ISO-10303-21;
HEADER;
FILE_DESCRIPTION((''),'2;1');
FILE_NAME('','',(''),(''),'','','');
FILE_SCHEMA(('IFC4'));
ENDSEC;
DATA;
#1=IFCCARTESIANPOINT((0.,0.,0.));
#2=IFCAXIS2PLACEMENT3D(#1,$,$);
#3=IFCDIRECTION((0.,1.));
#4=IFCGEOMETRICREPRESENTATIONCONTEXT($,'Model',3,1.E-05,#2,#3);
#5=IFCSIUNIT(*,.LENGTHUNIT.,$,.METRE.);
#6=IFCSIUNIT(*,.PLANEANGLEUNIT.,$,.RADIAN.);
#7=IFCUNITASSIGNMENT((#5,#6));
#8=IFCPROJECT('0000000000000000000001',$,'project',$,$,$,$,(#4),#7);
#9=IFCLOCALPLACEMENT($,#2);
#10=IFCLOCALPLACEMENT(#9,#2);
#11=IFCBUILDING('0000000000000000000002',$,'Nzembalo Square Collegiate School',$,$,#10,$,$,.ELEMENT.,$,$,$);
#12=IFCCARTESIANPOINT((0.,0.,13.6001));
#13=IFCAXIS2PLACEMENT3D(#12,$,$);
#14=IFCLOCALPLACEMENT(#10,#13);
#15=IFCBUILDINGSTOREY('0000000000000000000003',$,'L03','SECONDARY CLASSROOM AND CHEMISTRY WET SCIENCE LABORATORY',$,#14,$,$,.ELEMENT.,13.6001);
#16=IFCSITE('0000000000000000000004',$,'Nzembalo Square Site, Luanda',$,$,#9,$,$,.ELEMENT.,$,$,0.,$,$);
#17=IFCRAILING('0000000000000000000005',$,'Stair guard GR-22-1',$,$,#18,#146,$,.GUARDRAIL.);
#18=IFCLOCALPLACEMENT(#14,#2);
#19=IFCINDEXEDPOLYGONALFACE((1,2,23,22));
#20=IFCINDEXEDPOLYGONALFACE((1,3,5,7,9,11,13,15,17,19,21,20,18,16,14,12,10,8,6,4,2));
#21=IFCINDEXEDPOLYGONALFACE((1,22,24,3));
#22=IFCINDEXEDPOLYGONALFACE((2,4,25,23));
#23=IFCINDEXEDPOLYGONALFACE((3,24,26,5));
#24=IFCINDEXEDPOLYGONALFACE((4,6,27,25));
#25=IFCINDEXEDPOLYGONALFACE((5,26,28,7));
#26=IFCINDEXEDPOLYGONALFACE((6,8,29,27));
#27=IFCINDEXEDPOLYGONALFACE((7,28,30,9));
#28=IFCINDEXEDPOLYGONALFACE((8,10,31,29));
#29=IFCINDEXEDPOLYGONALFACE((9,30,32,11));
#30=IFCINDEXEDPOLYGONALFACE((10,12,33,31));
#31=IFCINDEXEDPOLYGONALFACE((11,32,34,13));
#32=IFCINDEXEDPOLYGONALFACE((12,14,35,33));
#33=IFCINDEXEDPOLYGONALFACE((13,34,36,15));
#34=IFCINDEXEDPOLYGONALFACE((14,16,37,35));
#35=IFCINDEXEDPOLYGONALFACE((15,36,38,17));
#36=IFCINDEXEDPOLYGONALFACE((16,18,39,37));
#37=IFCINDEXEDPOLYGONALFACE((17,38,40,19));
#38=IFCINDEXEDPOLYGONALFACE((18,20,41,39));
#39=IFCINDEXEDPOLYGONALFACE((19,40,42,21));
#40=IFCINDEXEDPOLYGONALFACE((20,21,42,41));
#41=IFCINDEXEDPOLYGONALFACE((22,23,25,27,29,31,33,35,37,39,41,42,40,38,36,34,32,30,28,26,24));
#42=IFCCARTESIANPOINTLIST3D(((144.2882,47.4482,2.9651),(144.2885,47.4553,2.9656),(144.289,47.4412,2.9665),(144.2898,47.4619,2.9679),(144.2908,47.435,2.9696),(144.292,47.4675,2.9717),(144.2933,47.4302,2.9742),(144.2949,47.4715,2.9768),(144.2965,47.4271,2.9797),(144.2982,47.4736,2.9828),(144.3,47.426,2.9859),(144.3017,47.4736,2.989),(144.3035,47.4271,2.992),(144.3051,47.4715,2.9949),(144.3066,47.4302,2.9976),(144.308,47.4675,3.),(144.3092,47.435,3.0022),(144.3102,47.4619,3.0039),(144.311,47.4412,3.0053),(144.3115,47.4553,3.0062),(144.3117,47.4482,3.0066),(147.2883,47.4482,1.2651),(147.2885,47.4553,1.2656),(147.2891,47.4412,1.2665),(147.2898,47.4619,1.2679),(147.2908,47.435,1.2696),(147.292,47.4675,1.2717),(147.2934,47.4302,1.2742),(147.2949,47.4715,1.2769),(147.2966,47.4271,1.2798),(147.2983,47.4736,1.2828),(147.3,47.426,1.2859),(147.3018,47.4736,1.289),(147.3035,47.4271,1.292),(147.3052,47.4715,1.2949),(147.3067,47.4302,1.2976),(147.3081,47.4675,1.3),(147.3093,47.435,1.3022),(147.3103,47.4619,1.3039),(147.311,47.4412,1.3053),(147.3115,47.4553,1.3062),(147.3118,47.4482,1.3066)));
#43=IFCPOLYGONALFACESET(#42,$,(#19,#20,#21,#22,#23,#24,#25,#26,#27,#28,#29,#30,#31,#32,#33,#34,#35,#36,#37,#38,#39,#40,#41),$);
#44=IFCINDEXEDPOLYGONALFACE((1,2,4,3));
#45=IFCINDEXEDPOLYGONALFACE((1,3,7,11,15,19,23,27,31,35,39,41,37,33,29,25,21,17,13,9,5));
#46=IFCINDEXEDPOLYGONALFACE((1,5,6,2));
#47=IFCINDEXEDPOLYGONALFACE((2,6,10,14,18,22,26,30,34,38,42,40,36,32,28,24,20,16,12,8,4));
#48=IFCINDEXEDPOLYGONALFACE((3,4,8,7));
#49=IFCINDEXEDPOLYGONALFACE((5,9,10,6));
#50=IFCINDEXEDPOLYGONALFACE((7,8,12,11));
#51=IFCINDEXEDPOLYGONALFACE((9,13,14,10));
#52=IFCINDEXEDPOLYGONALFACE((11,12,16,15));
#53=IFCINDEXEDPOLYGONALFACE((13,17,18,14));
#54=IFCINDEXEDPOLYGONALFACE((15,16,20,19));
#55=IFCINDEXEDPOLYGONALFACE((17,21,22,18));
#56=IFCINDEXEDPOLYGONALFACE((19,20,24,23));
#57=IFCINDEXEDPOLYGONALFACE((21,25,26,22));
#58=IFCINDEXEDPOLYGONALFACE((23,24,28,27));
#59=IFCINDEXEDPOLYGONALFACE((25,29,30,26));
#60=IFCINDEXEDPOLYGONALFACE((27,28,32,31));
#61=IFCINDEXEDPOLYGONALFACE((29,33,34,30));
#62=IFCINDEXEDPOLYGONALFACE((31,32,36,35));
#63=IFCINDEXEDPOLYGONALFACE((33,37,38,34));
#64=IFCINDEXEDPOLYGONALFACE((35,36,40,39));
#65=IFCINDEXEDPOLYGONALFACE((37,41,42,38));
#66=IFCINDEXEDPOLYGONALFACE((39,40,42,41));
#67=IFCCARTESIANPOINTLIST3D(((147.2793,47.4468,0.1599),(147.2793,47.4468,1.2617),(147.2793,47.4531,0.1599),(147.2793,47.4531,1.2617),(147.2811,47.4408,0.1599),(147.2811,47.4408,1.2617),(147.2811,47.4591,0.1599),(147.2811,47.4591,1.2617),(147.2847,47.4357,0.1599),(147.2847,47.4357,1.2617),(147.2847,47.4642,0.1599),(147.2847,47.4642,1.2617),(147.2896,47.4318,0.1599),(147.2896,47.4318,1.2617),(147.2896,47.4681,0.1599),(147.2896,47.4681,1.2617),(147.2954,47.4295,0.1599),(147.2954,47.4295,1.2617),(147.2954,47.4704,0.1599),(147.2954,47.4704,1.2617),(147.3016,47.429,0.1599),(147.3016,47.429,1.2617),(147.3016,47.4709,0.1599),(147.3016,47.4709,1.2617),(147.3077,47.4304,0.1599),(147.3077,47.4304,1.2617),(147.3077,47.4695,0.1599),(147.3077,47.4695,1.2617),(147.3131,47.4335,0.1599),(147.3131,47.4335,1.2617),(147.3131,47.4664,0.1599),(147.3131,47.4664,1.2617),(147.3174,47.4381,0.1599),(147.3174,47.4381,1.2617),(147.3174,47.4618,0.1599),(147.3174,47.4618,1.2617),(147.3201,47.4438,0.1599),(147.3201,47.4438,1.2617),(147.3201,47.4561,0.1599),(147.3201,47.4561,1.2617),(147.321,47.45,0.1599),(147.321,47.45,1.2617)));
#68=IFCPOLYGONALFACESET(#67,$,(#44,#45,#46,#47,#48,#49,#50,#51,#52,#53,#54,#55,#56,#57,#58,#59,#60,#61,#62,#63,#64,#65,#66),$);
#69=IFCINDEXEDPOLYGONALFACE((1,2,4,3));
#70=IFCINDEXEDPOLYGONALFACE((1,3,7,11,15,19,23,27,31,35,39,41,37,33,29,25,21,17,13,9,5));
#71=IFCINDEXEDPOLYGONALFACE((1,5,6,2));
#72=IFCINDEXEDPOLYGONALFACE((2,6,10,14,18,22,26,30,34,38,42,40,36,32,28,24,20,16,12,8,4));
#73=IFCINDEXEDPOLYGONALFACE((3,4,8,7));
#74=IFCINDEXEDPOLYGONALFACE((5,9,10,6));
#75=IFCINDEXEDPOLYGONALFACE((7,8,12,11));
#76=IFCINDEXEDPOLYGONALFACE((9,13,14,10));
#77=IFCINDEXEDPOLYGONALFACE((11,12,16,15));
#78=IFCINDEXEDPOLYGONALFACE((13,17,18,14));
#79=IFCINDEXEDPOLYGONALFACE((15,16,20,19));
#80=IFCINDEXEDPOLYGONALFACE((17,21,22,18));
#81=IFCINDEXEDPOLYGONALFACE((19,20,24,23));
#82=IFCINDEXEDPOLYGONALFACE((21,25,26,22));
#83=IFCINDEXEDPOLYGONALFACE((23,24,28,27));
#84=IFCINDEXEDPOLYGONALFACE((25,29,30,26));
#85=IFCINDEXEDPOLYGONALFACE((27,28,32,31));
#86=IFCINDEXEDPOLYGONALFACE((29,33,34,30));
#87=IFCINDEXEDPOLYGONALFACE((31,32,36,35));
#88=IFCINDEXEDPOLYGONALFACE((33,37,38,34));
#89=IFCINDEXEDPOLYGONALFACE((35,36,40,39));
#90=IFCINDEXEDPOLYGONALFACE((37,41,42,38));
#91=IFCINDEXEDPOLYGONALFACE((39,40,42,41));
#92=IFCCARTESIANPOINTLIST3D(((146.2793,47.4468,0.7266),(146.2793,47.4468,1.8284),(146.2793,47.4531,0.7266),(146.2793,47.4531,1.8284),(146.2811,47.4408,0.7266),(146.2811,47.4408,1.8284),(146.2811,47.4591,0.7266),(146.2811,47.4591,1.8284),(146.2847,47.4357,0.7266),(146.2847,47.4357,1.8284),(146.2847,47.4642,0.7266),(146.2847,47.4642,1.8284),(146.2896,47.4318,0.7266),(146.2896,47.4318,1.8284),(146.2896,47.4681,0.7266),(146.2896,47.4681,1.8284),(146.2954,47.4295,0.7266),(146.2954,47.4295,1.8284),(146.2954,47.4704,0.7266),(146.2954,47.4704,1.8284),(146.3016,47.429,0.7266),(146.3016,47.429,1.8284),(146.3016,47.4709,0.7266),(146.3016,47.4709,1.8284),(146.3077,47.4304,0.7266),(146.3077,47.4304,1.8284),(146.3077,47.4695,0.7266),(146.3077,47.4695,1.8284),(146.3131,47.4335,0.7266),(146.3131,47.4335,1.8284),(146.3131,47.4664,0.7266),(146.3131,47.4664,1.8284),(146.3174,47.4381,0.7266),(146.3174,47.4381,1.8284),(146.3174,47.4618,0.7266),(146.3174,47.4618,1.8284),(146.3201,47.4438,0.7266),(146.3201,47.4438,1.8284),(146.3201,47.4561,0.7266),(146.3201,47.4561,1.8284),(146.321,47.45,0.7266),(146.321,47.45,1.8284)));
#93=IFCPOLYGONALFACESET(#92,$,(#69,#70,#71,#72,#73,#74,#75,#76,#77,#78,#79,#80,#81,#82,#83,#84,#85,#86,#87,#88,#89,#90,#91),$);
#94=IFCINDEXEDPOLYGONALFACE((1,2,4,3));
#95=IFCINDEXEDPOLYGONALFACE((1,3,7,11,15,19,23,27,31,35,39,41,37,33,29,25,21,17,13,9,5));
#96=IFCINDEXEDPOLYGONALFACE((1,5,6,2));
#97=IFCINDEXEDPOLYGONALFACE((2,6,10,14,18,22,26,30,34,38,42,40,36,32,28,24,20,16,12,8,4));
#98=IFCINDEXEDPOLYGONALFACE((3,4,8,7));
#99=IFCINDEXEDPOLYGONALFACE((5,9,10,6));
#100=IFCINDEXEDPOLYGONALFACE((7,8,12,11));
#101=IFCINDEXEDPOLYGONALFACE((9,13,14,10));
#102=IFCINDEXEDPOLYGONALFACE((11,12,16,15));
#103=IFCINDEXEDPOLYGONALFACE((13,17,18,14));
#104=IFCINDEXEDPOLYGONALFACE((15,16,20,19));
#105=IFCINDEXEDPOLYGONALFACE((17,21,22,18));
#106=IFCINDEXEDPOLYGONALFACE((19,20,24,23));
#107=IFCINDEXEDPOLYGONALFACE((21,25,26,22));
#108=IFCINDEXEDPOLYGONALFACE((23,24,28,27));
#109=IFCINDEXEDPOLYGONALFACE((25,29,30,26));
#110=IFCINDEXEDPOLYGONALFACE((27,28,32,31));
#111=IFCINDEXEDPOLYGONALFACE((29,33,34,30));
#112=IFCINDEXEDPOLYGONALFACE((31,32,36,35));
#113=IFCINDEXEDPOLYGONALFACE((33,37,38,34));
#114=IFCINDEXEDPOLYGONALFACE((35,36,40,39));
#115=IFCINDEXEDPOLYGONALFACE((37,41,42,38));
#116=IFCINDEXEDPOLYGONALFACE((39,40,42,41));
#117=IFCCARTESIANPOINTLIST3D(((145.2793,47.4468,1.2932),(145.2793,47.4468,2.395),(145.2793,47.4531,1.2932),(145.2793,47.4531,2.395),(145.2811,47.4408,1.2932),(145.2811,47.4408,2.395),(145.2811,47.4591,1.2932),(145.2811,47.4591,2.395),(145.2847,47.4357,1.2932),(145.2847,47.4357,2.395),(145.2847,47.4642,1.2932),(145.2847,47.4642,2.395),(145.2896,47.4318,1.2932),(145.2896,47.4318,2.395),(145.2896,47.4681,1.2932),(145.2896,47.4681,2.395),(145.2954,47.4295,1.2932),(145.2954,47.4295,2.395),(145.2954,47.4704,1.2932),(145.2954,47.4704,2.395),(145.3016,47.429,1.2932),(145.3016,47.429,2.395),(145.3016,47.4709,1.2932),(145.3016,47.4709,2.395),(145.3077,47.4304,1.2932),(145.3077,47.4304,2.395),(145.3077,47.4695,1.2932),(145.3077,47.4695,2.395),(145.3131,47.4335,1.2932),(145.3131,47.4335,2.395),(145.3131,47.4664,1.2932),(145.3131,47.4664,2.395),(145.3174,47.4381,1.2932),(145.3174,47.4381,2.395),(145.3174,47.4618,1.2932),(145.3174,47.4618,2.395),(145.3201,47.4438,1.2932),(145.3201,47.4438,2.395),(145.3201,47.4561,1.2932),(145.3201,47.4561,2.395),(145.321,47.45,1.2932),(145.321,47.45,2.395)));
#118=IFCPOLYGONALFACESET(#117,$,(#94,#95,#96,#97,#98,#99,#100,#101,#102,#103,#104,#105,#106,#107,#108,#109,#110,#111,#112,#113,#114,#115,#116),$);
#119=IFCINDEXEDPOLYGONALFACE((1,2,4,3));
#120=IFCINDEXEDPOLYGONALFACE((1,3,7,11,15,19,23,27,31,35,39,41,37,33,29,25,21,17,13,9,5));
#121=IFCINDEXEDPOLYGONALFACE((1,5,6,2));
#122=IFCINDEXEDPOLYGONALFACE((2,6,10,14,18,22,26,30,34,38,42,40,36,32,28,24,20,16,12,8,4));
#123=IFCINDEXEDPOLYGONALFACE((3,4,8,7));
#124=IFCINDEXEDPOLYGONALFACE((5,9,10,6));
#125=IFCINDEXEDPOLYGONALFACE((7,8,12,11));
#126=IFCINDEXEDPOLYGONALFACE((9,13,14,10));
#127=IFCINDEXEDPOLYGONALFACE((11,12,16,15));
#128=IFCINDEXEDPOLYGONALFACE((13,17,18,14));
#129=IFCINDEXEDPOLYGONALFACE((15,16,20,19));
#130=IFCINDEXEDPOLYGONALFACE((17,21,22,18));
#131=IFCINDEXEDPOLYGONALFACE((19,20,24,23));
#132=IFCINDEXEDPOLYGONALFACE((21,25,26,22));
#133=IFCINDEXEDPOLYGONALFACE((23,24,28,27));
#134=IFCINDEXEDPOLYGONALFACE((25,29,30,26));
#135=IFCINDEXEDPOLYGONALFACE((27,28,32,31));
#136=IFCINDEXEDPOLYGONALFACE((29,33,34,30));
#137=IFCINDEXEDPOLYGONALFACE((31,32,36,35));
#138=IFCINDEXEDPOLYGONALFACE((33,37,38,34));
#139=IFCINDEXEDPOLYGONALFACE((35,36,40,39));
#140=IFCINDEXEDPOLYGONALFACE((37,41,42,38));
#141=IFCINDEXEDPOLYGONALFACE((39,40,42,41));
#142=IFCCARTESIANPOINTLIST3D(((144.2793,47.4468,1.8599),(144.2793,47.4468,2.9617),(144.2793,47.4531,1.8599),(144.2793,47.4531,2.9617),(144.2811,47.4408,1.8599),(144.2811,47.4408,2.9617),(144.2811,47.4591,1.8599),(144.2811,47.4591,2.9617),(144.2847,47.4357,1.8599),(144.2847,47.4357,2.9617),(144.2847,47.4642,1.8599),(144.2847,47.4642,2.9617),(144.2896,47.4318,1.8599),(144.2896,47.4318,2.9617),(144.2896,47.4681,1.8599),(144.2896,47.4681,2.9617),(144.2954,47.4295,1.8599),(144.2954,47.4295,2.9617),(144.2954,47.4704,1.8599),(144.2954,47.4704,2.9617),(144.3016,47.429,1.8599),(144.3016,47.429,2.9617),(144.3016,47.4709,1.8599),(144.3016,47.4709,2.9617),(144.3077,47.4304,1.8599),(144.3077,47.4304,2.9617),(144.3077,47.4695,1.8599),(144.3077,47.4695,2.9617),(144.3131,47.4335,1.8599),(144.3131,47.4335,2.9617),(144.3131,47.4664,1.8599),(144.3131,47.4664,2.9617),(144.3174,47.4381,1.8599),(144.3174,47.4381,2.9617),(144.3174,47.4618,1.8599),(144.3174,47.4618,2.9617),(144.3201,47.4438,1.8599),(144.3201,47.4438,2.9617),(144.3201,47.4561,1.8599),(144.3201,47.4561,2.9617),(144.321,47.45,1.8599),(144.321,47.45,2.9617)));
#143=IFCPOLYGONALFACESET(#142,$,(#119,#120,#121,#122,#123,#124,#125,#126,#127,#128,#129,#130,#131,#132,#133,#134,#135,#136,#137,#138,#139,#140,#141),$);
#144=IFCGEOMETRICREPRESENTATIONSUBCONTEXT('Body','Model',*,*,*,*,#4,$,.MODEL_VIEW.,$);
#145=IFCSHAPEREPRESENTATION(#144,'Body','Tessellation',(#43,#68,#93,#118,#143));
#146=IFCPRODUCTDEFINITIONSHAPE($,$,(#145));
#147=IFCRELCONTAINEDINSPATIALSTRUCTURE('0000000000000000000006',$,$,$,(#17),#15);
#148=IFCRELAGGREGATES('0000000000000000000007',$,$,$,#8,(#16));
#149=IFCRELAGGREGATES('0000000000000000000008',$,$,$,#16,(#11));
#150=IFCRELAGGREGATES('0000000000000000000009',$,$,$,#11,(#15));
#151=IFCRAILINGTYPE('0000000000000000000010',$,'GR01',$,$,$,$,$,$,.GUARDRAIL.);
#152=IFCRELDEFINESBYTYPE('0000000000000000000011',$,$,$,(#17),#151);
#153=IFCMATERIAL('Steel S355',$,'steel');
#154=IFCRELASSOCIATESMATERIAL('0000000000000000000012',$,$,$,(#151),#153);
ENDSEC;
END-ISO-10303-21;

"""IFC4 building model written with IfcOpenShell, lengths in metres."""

from ifc_helpers import new_model, si_unit, direction, frame, origin, origin_2d, place, context, subcontext, project, spatial, circle, extrude, material, type_object, element, save


model = new_model("IFC4")

# Units and contexts
model_context = context("Model", 3, precision=1e-05, world=origin(), true_north=direction((0.0, 1.0)))
body_context = subcontext(model_context, "Body", "Model", "MODEL_VIEW")
ifc_project = project(units=[si_unit("LENGTHUNIT", "METRE"), si_unit("PLANEANGLEUNIT", "RADIAN")], contexts=[model_context])

# Site, building, storey
site_placement = place(None, origin())
site = spatial("IfcSite", under=ifc_project, at=site_placement, Name="Nzembalo Square Site, Luanda", CompositionType="ELEMENT", RefElevation=0.0)
building_placement = place(site_placement, origin())
building = spatial("IfcBuilding", under=site, at=building_placement, Name="Nzembalo Square Collegiate School", CompositionType="ELEMENT")
storey_placement = place(building_placement, frame((0.0, 0.0, 13.6001)))
storey = spatial("IfcBuildingStorey", under=building, at=storey_placement, Name="L03", Description="SECONDARY CLASSROOM AND CHEMISTRY WET SCIENCE LABORATORY", CompositionType="ELEMENT", Elevation=13.6001)

# Railing
ifc_material_1 = material(Name="Steel S355", Category="steel")
railing_type_1 = type_object("IfcRailingType", Name="GR01", PredefinedType="GUARDRAIL", material=ifc_material_1)
railing_1_placement = place(storey_placement, frame((147.3, 47.45, 0.1599)))
element("IfcRailing", 1, at=railing_1_placement, inside=storey, type_object=railing_type_1, Name="Stair guard GR-22-1", PredefinedType="GUARDRAIL", context=body_context, shape_type="SweptSolid", body=[
    extrude(circle(Radius=0.0239, at=origin_2d()), frame((0.0, 0.0, 1.126), z_axis=(-0.870028, 0.0, 0.493002), x_axis=(0.0, -1.0, 0.0)), (0.0, 0.0, 1.0), 3.4482),
    extrude(circle(Radius=0.021, at=origin_2d()), origin(), (0.0, 0.0, 1.0), 1.1018),
    extrude(circle(Radius=0.021, at=origin_2d()), frame((-1.0, 0.0, 0.5667)), (0.0, 0.0, 1.0), 1.1018),
    extrude(circle(Radius=0.021, at=origin_2d()), frame((-2.0, 0.0, 1.1333)), (0.0, 0.0, 1.0), 1.1018),
    extrude(circle(Radius=0.021, at=origin_2d()), frame((-3.0, 0.0, 1.7)), (0.0, 0.0, 1.0), 1.1018),
])

save(model, "model.ifc")
